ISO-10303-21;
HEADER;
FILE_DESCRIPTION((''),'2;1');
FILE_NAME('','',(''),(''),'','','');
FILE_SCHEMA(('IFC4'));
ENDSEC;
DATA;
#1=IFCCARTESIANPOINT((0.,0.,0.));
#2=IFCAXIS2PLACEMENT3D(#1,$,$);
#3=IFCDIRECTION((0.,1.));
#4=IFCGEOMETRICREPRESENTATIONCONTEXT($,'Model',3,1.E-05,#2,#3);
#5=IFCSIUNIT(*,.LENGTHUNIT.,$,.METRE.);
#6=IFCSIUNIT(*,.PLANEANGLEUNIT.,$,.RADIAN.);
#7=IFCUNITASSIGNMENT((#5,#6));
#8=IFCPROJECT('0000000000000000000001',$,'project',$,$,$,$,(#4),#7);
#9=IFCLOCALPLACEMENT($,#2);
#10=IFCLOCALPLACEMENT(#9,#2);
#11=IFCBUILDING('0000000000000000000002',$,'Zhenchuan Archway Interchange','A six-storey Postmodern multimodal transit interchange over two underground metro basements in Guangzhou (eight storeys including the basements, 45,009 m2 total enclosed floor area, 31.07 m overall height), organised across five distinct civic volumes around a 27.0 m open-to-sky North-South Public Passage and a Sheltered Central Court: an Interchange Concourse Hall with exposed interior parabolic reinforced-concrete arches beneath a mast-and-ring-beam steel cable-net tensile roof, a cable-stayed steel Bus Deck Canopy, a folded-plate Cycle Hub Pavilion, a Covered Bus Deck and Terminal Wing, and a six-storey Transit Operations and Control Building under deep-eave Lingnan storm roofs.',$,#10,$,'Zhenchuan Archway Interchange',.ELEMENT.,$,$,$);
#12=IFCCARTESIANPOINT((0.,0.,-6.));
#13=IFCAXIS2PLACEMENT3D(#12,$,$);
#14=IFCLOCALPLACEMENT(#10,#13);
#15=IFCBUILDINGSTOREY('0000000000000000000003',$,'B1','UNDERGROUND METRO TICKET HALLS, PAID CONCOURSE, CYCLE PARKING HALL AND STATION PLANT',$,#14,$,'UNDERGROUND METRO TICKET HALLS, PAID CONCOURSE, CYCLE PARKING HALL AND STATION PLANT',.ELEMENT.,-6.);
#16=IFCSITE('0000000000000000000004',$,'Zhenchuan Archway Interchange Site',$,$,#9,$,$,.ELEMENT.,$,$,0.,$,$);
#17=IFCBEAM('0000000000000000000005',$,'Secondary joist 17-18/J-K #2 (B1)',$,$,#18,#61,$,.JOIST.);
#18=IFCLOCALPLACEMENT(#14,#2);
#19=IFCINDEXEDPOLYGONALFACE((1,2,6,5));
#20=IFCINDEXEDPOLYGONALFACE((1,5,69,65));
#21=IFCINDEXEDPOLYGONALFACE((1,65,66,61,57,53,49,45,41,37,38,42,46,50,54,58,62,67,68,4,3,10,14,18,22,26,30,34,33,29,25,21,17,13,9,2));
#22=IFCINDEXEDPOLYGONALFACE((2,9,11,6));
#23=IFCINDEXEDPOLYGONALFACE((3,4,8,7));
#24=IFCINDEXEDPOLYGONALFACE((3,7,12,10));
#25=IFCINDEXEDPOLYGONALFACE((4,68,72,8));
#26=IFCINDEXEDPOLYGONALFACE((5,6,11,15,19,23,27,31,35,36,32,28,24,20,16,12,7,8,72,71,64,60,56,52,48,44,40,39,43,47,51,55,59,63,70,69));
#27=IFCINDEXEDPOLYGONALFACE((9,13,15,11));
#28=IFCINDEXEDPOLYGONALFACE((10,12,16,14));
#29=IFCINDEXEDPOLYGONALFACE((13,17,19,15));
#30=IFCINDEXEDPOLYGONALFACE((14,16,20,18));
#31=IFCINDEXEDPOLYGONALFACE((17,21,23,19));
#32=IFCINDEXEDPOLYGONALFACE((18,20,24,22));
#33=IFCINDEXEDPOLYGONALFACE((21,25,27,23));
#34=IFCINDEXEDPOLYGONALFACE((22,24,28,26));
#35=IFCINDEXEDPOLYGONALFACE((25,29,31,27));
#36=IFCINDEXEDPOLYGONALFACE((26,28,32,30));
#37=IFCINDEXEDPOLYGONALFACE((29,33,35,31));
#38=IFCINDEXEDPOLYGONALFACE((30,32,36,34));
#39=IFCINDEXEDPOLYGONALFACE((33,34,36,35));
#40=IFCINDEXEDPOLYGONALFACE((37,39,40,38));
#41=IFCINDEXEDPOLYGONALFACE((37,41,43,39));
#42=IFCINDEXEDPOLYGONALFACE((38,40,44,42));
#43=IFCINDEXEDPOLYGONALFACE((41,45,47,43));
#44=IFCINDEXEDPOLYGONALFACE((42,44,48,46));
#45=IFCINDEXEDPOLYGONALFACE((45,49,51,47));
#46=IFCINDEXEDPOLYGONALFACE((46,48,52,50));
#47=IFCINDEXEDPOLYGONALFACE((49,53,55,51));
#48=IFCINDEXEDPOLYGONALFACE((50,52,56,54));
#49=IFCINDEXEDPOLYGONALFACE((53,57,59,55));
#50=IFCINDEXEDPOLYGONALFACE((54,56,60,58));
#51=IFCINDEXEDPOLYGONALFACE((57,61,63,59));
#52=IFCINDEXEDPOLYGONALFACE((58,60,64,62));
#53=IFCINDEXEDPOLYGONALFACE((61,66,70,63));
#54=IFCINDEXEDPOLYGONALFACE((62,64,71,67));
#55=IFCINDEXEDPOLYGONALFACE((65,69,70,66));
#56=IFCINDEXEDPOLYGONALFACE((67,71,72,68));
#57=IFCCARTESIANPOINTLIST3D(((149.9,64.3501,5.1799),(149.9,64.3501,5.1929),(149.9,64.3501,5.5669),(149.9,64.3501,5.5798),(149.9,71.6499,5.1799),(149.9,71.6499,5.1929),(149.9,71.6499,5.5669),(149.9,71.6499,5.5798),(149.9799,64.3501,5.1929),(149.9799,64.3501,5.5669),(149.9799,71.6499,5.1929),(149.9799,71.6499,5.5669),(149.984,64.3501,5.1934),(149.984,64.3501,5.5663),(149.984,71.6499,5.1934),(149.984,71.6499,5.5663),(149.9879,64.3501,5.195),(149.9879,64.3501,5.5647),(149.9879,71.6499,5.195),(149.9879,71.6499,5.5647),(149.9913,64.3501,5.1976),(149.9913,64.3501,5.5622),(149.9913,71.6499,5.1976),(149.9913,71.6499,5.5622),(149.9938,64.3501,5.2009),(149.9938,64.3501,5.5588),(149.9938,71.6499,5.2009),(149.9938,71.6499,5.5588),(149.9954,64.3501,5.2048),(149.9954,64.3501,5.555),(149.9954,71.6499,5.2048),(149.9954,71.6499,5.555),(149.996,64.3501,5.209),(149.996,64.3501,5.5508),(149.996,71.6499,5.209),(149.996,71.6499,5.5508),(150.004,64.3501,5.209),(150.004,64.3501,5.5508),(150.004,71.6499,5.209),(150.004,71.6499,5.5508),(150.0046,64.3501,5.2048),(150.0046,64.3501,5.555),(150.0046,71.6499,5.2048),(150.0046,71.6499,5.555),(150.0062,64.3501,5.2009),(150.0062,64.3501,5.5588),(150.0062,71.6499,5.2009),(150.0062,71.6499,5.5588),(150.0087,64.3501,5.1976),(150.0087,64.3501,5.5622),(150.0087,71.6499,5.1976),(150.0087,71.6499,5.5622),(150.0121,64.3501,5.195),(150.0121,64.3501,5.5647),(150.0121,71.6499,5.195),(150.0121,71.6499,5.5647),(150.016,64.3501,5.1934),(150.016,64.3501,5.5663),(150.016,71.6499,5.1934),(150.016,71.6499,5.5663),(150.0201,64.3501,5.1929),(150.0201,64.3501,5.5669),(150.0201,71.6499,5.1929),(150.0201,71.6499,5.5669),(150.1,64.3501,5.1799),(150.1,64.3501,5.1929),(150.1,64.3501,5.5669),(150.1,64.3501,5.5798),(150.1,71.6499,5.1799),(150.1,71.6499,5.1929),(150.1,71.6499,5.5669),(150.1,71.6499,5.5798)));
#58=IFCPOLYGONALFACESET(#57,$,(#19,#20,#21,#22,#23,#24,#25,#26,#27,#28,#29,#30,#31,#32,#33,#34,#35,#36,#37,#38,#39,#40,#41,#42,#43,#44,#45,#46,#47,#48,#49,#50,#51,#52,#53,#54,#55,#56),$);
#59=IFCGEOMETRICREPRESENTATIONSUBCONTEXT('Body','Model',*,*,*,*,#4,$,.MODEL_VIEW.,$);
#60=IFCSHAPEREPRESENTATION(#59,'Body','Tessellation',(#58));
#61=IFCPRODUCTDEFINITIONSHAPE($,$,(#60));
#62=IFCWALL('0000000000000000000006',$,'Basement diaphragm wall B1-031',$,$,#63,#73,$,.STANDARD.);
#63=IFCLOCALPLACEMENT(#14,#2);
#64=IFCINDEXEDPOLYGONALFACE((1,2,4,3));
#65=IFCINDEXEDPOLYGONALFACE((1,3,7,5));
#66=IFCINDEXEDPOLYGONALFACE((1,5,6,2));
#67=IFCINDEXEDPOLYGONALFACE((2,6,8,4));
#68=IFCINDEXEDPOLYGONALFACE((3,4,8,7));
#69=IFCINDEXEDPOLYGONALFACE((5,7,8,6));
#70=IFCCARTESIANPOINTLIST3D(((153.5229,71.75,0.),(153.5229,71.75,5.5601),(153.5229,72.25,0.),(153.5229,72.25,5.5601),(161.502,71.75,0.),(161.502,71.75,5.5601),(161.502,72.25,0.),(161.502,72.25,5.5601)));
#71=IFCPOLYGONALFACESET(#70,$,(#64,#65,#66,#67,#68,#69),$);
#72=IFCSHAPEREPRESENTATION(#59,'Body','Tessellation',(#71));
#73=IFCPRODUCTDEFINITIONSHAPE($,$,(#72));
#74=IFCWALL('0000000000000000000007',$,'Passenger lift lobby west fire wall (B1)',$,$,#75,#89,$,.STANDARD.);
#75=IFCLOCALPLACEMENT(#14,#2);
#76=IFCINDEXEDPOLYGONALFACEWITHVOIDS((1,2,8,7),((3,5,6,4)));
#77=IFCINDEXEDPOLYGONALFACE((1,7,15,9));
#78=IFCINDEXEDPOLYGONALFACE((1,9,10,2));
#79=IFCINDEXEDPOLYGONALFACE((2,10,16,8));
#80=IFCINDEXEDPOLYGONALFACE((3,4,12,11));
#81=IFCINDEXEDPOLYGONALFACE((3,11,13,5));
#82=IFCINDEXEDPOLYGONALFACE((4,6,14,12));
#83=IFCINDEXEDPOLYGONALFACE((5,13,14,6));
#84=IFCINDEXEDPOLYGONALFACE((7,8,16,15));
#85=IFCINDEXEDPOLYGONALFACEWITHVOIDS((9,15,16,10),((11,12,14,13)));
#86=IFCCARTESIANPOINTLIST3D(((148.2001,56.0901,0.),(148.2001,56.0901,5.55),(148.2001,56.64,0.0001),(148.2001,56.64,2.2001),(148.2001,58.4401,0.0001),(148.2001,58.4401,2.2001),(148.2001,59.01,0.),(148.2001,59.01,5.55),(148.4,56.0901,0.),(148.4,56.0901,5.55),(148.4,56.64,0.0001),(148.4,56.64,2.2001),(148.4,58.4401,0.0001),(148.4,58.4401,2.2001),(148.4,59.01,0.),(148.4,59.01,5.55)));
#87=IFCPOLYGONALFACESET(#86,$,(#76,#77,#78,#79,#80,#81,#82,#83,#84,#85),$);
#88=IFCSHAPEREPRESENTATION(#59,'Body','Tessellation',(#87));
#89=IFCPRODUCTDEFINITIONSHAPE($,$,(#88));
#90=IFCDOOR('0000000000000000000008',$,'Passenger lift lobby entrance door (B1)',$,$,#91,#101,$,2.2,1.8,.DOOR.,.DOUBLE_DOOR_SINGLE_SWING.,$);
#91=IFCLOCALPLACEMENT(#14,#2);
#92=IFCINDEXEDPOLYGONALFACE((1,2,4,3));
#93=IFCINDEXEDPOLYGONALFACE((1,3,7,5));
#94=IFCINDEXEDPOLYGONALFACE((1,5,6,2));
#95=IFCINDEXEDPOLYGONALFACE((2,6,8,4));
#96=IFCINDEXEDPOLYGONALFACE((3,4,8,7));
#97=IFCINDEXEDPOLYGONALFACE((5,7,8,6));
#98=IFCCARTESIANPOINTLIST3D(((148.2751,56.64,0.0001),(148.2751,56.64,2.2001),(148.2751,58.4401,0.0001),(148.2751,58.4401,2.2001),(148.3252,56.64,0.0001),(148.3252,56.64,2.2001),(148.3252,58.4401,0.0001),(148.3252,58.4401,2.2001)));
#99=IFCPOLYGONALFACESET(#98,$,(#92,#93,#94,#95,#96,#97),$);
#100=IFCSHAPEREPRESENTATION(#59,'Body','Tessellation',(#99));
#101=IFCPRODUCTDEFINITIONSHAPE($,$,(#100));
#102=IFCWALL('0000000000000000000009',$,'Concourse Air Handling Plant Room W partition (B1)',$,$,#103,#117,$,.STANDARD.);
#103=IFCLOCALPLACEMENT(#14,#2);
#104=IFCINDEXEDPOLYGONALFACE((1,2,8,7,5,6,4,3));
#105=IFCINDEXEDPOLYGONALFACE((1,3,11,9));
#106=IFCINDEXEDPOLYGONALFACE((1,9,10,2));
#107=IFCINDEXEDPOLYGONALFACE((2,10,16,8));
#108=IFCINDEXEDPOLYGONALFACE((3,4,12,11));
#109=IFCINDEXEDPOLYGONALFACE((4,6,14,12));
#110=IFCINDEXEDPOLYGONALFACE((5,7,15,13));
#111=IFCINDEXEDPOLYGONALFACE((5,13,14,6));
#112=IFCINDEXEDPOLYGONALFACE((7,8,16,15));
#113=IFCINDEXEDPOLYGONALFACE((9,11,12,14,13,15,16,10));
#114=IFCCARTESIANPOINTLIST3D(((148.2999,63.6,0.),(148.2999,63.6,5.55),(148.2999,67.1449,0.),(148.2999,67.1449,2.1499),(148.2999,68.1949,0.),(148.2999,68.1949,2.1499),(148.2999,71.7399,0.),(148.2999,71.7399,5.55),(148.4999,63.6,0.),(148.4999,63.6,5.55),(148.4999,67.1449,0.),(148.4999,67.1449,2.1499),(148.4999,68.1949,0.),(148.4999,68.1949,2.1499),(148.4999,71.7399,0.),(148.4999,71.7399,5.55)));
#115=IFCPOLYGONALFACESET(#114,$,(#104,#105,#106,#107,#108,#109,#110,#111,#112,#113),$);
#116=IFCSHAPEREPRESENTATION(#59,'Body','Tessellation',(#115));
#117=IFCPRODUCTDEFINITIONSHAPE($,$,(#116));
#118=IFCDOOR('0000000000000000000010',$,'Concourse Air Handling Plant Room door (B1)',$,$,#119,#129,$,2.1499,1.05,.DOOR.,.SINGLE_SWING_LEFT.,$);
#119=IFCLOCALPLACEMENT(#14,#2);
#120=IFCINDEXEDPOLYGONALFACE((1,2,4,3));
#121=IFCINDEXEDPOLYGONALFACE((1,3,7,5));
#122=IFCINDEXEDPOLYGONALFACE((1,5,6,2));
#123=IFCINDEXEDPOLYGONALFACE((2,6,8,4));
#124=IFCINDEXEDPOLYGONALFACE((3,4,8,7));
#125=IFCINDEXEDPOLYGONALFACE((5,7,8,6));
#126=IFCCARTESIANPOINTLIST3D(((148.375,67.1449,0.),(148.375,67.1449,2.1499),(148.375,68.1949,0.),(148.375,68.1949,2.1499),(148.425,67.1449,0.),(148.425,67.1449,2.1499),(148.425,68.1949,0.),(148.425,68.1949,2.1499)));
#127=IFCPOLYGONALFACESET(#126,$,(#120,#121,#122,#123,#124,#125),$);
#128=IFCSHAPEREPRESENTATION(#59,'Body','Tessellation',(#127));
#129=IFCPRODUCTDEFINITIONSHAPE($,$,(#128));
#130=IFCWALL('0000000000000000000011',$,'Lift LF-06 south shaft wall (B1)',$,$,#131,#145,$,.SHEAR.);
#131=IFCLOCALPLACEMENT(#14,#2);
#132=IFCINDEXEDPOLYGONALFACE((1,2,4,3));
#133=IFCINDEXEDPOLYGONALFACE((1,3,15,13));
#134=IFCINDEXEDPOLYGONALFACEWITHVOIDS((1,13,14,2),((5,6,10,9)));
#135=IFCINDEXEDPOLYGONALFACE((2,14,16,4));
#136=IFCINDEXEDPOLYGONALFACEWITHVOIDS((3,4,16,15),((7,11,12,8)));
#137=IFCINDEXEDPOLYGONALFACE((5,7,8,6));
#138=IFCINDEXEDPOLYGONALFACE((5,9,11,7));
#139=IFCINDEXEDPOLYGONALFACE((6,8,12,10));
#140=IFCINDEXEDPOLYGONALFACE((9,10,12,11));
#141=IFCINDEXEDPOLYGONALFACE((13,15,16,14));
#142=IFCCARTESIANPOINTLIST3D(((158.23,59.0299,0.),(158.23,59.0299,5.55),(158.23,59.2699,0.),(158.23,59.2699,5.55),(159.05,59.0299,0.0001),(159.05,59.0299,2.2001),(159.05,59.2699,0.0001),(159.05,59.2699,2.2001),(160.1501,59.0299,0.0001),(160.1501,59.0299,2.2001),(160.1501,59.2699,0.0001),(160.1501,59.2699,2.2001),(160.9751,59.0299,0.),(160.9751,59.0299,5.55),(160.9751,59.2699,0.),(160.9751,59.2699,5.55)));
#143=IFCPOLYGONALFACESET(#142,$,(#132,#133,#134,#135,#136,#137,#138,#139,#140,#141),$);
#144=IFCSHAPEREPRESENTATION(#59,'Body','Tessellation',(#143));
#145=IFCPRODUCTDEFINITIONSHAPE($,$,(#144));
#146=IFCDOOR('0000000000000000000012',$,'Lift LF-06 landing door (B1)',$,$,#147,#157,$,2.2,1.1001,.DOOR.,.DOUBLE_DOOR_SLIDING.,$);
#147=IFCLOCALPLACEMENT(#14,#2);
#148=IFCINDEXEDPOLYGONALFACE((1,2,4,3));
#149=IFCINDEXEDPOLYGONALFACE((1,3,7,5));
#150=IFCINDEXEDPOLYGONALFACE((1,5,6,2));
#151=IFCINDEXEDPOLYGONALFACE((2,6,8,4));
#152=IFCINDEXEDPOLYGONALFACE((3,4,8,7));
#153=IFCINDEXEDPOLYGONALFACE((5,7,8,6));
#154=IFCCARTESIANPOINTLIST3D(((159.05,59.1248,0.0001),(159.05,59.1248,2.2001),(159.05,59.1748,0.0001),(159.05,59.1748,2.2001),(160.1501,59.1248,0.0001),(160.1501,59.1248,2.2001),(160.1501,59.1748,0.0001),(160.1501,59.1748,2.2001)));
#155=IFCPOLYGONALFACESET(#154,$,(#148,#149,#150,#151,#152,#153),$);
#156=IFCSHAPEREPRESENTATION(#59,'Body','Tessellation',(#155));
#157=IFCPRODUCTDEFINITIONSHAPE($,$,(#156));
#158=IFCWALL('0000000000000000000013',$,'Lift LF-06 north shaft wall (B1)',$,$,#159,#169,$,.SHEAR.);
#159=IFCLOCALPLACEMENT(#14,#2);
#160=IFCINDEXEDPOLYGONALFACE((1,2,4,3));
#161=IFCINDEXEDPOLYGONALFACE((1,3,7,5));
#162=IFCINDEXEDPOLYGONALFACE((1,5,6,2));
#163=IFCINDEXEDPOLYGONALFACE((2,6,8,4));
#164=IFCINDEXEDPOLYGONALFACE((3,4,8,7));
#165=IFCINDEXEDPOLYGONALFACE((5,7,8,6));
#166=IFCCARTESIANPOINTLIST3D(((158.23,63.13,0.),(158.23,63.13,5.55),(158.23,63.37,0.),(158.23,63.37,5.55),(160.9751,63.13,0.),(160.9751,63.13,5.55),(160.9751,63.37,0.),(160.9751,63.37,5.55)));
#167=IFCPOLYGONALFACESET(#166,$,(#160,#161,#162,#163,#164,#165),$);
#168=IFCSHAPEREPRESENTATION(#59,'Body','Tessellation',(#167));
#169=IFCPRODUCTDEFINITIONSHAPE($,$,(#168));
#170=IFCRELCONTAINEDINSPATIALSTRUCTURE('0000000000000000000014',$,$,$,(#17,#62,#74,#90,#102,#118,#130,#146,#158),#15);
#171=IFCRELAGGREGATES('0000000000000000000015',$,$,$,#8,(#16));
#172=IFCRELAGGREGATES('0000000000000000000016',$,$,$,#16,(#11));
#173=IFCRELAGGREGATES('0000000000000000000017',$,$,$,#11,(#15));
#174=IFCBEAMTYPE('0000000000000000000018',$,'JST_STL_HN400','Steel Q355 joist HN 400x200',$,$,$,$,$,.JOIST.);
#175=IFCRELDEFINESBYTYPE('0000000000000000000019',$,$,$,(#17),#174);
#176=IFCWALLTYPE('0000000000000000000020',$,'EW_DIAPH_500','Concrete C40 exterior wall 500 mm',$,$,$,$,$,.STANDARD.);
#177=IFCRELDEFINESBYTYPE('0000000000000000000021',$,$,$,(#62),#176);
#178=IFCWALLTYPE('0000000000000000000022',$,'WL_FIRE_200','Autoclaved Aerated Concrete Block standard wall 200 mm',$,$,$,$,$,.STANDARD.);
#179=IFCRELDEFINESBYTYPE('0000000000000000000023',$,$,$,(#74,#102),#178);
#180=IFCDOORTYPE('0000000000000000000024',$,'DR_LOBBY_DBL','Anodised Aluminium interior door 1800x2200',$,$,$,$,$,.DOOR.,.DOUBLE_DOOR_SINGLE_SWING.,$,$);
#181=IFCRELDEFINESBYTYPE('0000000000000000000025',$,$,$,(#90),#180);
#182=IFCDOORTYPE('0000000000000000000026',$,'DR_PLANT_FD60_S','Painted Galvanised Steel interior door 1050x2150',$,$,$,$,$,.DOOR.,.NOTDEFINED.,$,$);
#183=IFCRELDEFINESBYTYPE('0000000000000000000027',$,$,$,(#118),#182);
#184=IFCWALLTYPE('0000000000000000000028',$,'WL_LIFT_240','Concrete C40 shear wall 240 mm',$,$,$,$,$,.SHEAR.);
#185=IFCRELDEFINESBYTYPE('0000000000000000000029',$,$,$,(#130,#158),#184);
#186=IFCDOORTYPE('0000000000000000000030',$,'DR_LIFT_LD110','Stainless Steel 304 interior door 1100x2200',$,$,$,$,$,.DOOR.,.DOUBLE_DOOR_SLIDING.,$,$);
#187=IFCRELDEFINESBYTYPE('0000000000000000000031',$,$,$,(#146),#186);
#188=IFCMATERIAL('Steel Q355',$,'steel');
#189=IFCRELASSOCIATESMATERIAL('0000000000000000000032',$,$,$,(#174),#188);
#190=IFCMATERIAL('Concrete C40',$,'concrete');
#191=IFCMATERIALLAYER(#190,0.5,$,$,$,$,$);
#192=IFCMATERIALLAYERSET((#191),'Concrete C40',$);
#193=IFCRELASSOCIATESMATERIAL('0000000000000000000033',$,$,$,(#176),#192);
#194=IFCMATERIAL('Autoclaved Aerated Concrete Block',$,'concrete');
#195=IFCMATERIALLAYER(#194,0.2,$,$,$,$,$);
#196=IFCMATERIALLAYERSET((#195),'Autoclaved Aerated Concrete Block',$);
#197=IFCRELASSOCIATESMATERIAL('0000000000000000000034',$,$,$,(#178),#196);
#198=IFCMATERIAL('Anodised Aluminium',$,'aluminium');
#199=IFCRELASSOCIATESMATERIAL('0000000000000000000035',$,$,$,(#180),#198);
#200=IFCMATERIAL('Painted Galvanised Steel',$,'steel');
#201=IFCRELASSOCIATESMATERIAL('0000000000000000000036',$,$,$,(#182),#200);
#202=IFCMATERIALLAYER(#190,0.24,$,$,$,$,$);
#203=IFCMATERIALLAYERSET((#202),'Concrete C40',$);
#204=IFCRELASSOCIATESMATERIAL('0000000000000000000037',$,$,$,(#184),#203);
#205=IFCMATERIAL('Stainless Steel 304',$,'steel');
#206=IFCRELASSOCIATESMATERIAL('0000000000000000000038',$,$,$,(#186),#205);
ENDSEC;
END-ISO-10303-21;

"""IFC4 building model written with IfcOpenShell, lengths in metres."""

from ifc_helpers import new_model, si_unit, direction, frame, frame_2d, origin, origin_2d, place, context, subcontext, project, spatial, rectangle, i_section, extrude, material, layer, layer_set, material_profile, profile_set, type_object, element, fill, save


model = new_model("IFC4")

# Units and contexts
model_context = context("Model", 3, precision=1e-05, world=origin(), true_north=direction((0.0, 1.0)))
body_context = subcontext(model_context, "Body", "Model", "MODEL_VIEW")
ifc_project = project(units=[si_unit("LENGTHUNIT", "METRE"), si_unit("PLANEANGLEUNIT", "RADIAN")], contexts=[model_context])

# Site, building, storey
site_placement = place(None, origin())
site = spatial("IfcSite", under=ifc_project, at=site_placement, Name="Zhenchuan Archway Interchange Site", CompositionType="ELEMENT", RefElevation=0.0)
building_placement = place(site_placement, origin())
building = spatial("IfcBuilding", under=site, at=building_placement, Name="Zhenchuan Archway Interchange", Description="A six-storey Postmodern multimodal transit interchange over two underground metro basements in Guangzhou (eight storeys including the basements, 45,009 m2 total enclosed floor area, 31.07 m overall height), organised across five distinct civic volumes around a 27.0 m open-to-sky North-South Public Passage and a Sheltered Central Court: an Interchange Concourse Hall with exposed interior parabolic reinforced-concrete arches beneath a mast-and-ring-beam steel cable-net tensile roof, a cable-stayed steel Bus Deck Canopy, a folded-plate Cycle Hub Pavilion, a Covered Bus Deck and Terminal Wing, and a six-storey Transit Operations and Control Building under deep-eave Lingnan storm roofs.", LongName="Zhenchuan Archway Interchange", CompositionType="ELEMENT")
storey_placement = place(building_placement, frame((0.0, 0.0, -6.0)))
storey = spatial("IfcBuildingStorey", under=building, at=storey_placement, Name="B1", Description="UNDERGROUND METRO TICKET HALLS, PAID CONCOURSE, CYCLE PARKING HALL AND STATION PLANT", LongName="UNDERGROUND METRO TICKET HALLS, PAID CONCOURSE, CYCLE PARKING HALL AND STATION PLANT", CompositionType="ELEMENT", Elevation=-6.0)

# Beam
ifc_material_1 = material(Name="Concrete C40", Category="concrete")
ifc_material_2 = material(Name="Steel Q355", Category="steel")
ifc_material_profile_1 = material_profile(ifc_material_2, i_section(OverallWidth=0.2, OverallDepth=0.3999, WebThickness=0.0081, FlangeThickness=0.0129, FilletRadius=0.0161, at=origin_2d()), Name="HN 400x200")
ifc_profile_set_1 = profile_set([ifc_material_profile_1], Name="Steel Q355")
beam_type_1 = type_object("IfcBeamType", Name="JST_STL_HN400", Description="Steel Q355 joist HN 400x200", PredefinedType="JOIST", material=ifc_profile_set_1)
beam_1_placement = place(storey_placement, frame((150.0, 64.3501, 5.3799), z_axis=(0.0, 1.0, 0.0), x_axis=(-1.0, 0.0, 0.0)))
element("IfcBeam", 1, at=beam_1_placement, inside=storey, type_object=beam_type_1, Name="Secondary joist 17-18/J-K #2 (B1)", PredefinedType="JOIST", context=body_context, shape_type="SweptSolid", body=[
    extrude(i_section(OverallWidth=0.2, OverallDepth=0.3999, WebThickness=0.0081, FlangeThickness=0.0129, FilletRadius=0.0161, at=origin_2d()), origin(), (0.0, 0.0, 1.0), 7.2998),
])

# Wall
ifc_layer_1 = layer(ifc_material_1, 0.5)
ifc_layer_set_1 = layer_set([ifc_layer_1], Name="Concrete C40")
wall_type_1 = type_object("IfcWallType", Name="EW_DIAPH_500", Description="Concrete C40 exterior wall 500 mm", PredefinedType="STANDARD", material=ifc_layer_set_1)
wall_1_placement = place(storey_placement, frame((153.5229, 72.0, 0.0), z_axis=(0.0, 0.0, 1.0), x_axis=(1.0, 0.0, 0.0)))
element("IfcWall", 2, at=wall_1_placement, inside=storey, type_object=wall_type_1, Name="Basement diaphragm wall B1-031", PredefinedType="STANDARD", context=body_context, shape_type="SweptSolid", body=[
    extrude(rectangle(XDim=7.979, YDim=0.5, at=frame_2d((3.9895, 0.0))), origin(), (0.0, 0.0, 1.0), 5.5601),
])

# Walls, openings, doors
ifc_material_3 = material(Name="Autoclaved Aerated Concrete Block", Category="concrete")
ifc_layer_2 = layer(ifc_material_3, 0.2)
ifc_layer_set_2 = layer_set([ifc_layer_2], Name="Autoclaved Aerated Concrete Block")
wall_type_2 = type_object("IfcWallType", Name="WL_FIRE_200", Description="Autoclaved Aerated Concrete Block standard wall 200 mm", PredefinedType="STANDARD", material=ifc_layer_set_2)
wall_2_placement = place(storey_placement, frame((148.3, 56.0901, 0.0), z_axis=(0.0, 0.0, 1.0), x_axis=(0.0, 1.0, 0.0)))
wall_2 = element("IfcWall", 3, at=wall_2_placement, inside=storey, type_object=wall_type_2, Name="Passenger lift lobby west fire wall (B1)", PredefinedType="STANDARD", context=body_context, shape_type="SweptSolid", body=[
    extrude(rectangle(XDim=2.9199, YDim=0.2, at=frame_2d((1.46, 0.0))), origin(), (0.0, 0.0, 1.0), 5.55),
])
opening_1_placement = place(wall_2_placement, frame((0.55, 0.0, 0.0)))
opening_1 = element("IfcOpeningElement", 4, at=opening_1_placement, cuts=wall_2, PredefinedType="OPENING", context=body_context, shape_type="SweptSolid", body=[
    extrude(rectangle(XDim=1.8, YDim=2.2, at=frame_2d((0.8999, 1.1001))), frame((0.0, 0.1118, 0.0), z_axis=(0.0, -1.0, 0.0), x_axis=(1.0, 0.0, 0.0)), (0.0, 0.0, 1.0), 0.2239),
])
ifc_material_4 = material(Name="Anodised Aluminium", Category="aluminium")
door_type_1 = type_object("IfcDoorType", Name="DR_LOBBY_DBL", Description="Anodised Aluminium interior door 1800x2200", OperationType="DOUBLE_DOOR_SINGLE_SWING", PredefinedType="DOOR", material=ifc_material_4)
door_1_placement = place(opening_1_placement, origin())
door_1 = element("IfcDoor", 5, at=door_1_placement, inside=storey, type_object=door_type_1, Name="Passenger lift lobby entrance door (B1)", OperationType="DOUBLE_DOOR_SINGLE_SWING", OverallHeight=2.2, OverallWidth=1.8, PredefinedType="DOOR", context=body_context, shape_type="SweptSolid", body=[
    extrude(rectangle(XDim=1.8, YDim=2.2, at=frame_2d((0.8999, 1.1001))), frame((0.0, 0.0249, 0.0), z_axis=(0.0, -1.0, 0.0), x_axis=(1.0, 0.0, 0.0)), (0.0, 0.0, 1.0), 0.05),
])
fill(opening_1, door_1)
wall_3_placement = place(storey_placement, frame((148.3999, 63.6001, 0.0), z_axis=(0.0, 0.0, 1.0), x_axis=(0.0, 1.0, 0.0)))
wall_3 = element("IfcWall", 6, at=wall_3_placement, inside=storey, type_object=wall_type_2, Name="Concourse Air Handling Plant Room W partition (B1)", PredefinedType="STANDARD", context=body_context, shape_type="SweptSolid", body=[
    extrude(rectangle(XDim=8.1399, YDim=0.2, at=frame_2d((4.0698, 0.0))), origin(), (0.0, 0.0, 1.0), 5.55),
])
opening_2_placement = place(wall_3_placement, frame((3.5449, 0.0, 0.0)))
opening_2 = element("IfcOpeningElement", 7, at=opening_2_placement, cuts=wall_3, PredefinedType="OPENING", context=body_context, shape_type="SweptSolid", body=[
    extrude(rectangle(XDim=1.05, YDim=2.1499, at=frame_2d((0.5249, 1.075))), frame((0.0, 0.1118, 0.0), z_axis=(0.0, -1.0, 0.0), x_axis=(1.0, 0.0, 0.0)), (0.0, 0.0, 1.0), 0.2239),
])
ifc_material_5 = material(Name="Painted Galvanised Steel", Category="steel")
door_type_2 = type_object("IfcDoorType", Name="DR_PLANT_FD60_S", Description="Painted Galvanised Steel interior door 1050x2150", OperationType="NOTDEFINED", PredefinedType="DOOR", material=ifc_material_5)
door_2_placement = place(opening_2_placement, origin())
door_2 = element("IfcDoor", 8, at=door_2_placement, inside=storey, type_object=door_type_2, Name="Concourse Air Handling Plant Room door (B1)", OperationType="SINGLE_SWING_LEFT", OverallHeight=2.1499, OverallWidth=1.05, PredefinedType="DOOR", context=body_context, shape_type="SweptSolid", body=[
    extrude(rectangle(XDim=1.05, YDim=2.1499, at=frame_2d((0.5249, 1.075))), frame((0.0, 0.0249, 0.0), z_axis=(0.0, -1.0, 0.0), x_axis=(1.0, 0.0, 0.0)), (0.0, 0.0, 1.0), 0.05),
])
fill(opening_2, door_2)
ifc_layer_3 = layer(ifc_material_1, 0.24)
ifc_layer_set_3 = layer_set([ifc_layer_3], Name="Concrete C40")
wall_type_3 = type_object("IfcWallType", Name="WL_LIFT_240", Description="Concrete C40 shear wall 240 mm", PredefinedType="SHEAR", material=ifc_layer_set_3)
wall_4_placement = place(storey_placement, frame((158.23, 59.1499, 0.0), z_axis=(0.0, 0.0, 1.0), x_axis=(1.0, 0.0, 0.0)))
wall_4 = element("IfcWall", 9, at=wall_4_placement, inside=storey, type_object=wall_type_3, Name="Lift LF-06 south shaft wall (B1)", PredefinedType="SHEAR", context=body_context, shape_type="SweptSolid", body=[
    extrude(rectangle(XDim=2.7451, YDim=0.24, at=frame_2d((1.3726, 0.0))), origin(), (0.0, 0.0, 1.0), 5.55),
])
opening_3_placement = place(wall_4_placement, frame((0.8201, 0.0, 0.0)))
opening_3 = element("IfcOpeningElement", 10, at=opening_3_placement, cuts=wall_4, PredefinedType="OPENING", context=body_context, shape_type="SweptSolid", body=[
    extrude(rectangle(XDim=1.1001, YDim=2.2, at=frame_2d((0.55, 1.1001))), frame((0.0, 0.1318, 0.0), z_axis=(0.0, -1.0, 0.0), x_axis=(1.0, 0.0, 0.0)), (0.0, 0.0, 1.0), 0.2639),
])
ifc_material_6 = material(Name="Stainless Steel 304", Category="steel")
door_type_3 = type_object("IfcDoorType", Name="DR_LIFT_LD110", Description="Stainless Steel 304 interior door 1100x2200", OperationType="DOUBLE_DOOR_SLIDING", PredefinedType="DOOR", material=ifc_material_6)
door_3_placement = place(opening_3_placement, origin())
door_3 = element("IfcDoor", 11, at=door_3_placement, inside=storey, type_object=door_type_3, Name="Lift LF-06 landing door (B1)", OperationType="DOUBLE_DOOR_SLIDING", OverallHeight=2.2, OverallWidth=1.1001, PredefinedType="DOOR", context=body_context, shape_type="SweptSolid", body=[
    extrude(rectangle(XDim=1.1001, YDim=2.2, at=frame_2d((0.55, 1.1001))), frame((0.0, 0.0249, 0.0), z_axis=(0.0, -1.0, 0.0), x_axis=(1.0, 0.0, 0.0)), (0.0, 0.0, 1.0), 0.05),
])
fill(opening_3, door_3)

# Wall
wall_5_placement = place(storey_placement, frame((160.9751, 63.25, 0.0), z_axis=(0.0, 0.0, 1.0), x_axis=(-1.0, 0.0, 0.0)))
element("IfcWall", 12, at=wall_5_placement, inside=storey, type_object=wall_type_3, Name="Lift LF-06 north shaft wall (B1)", PredefinedType="SHEAR", context=body_context, shape_type="SweptSolid", body=[
    extrude(rectangle(XDim=2.7451, YDim=0.24, at=frame_2d((1.3726, 0.0))), origin(), (0.0, 0.0, 1.0), 5.55),
])

save(model, "model.ifc")
